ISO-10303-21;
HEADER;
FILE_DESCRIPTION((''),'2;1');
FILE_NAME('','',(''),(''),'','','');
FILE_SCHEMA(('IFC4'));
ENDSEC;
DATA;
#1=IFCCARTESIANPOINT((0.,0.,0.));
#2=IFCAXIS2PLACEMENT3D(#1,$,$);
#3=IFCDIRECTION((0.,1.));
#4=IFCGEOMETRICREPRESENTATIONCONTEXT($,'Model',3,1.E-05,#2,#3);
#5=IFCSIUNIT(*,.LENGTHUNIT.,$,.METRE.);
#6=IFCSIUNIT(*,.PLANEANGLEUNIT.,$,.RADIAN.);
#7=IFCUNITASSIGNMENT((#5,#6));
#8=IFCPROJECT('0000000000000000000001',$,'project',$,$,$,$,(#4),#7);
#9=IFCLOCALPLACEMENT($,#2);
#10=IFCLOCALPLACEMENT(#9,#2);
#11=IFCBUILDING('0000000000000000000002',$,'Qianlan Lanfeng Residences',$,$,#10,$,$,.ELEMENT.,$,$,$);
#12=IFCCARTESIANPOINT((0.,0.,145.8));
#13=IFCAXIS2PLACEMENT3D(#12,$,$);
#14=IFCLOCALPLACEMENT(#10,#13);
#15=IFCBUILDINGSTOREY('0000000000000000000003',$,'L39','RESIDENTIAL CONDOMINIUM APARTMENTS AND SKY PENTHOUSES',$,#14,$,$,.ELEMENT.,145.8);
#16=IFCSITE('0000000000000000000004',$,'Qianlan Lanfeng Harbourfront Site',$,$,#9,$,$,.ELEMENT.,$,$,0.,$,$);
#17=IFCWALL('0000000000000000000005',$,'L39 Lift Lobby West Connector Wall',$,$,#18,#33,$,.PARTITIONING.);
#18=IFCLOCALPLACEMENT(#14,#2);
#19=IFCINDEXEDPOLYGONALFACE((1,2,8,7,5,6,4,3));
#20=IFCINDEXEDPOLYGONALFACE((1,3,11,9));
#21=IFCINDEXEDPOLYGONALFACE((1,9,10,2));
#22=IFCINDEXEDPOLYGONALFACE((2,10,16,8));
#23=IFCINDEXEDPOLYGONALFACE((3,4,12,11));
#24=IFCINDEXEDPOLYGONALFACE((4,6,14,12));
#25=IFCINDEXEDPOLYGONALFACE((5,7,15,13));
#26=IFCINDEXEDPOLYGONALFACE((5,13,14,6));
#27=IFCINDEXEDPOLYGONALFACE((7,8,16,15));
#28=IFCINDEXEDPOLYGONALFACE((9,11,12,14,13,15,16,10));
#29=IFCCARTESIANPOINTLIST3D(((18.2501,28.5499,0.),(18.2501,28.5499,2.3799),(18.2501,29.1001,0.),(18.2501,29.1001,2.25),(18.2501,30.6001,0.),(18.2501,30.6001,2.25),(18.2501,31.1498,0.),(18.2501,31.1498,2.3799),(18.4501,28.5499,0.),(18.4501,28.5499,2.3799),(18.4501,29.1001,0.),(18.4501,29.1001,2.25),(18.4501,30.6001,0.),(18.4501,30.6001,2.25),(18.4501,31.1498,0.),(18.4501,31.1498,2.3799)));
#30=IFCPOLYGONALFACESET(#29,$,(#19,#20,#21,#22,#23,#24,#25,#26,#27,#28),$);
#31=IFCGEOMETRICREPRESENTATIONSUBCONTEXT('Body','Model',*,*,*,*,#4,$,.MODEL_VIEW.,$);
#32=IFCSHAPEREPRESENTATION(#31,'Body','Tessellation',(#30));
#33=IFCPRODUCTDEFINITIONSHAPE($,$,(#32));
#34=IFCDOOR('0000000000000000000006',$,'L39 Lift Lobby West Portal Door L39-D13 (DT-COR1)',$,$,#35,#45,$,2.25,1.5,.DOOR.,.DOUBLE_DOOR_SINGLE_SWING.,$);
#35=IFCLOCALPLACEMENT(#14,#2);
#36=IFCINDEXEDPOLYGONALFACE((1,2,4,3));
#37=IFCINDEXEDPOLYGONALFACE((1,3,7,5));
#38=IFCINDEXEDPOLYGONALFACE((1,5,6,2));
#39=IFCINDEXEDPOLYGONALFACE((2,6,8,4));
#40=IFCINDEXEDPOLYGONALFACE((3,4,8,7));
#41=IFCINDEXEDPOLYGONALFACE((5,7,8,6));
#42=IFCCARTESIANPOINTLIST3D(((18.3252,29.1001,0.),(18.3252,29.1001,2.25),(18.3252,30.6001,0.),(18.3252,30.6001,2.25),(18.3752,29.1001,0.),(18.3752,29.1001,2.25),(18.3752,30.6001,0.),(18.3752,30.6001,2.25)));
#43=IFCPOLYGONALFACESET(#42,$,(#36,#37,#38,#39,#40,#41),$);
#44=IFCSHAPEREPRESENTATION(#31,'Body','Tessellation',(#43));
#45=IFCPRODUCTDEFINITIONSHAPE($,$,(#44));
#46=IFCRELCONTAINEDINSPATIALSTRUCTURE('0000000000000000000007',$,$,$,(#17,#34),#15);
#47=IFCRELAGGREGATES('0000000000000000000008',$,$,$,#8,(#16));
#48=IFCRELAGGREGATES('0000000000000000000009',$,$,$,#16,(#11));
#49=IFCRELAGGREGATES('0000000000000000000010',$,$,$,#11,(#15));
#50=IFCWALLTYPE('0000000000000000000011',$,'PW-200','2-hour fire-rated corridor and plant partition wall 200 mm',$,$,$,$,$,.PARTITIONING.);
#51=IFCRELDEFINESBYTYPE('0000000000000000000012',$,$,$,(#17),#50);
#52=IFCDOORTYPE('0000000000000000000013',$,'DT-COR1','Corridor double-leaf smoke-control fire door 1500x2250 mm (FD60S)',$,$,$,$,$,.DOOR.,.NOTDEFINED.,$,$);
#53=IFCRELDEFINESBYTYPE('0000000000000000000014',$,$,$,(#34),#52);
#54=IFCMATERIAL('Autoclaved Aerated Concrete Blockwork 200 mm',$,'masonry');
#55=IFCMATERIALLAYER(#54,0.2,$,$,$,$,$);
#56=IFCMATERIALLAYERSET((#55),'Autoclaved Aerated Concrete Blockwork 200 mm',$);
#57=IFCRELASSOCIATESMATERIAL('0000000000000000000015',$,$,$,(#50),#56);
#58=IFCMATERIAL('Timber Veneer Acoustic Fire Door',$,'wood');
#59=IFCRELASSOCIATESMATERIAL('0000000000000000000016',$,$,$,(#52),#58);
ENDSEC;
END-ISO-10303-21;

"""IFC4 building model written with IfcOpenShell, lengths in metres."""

from ifc_helpers import new_model, si_unit, direction, frame, frame_2d, origin, place, context, subcontext, project, spatial, rectangle, extrude, material, layer, layer_set, type_object, element, fill, save


model = new_model("IFC4")

# Units and contexts
model_context = context("Model", 3, precision=1e-05, world=origin(), true_north=direction((0.0, 1.0)))
body_context = subcontext(model_context, "Body", "Model", "MODEL_VIEW")
ifc_project = project(units=[si_unit("LENGTHUNIT", "METRE"), si_unit("PLANEANGLEUNIT", "RADIAN")], contexts=[model_context])

# Site, building, storey
site_placement = place(None, origin())
site = spatial("IfcSite", under=ifc_project, at=site_placement, Name="Qianlan Lanfeng Harbourfront Site", CompositionType="ELEMENT", RefElevation=0.0)
building_placement = place(site_placement, origin())
building = spatial("IfcBuilding", under=site, at=building_placement, Name="Qianlan Lanfeng Residences", CompositionType="ELEMENT")
storey_placement = place(building_placement, frame((0.0, 0.0, 145.8)))
storey = spatial("IfcBuildingStorey", under=building, at=storey_placement, Name="L39", Description="RESIDENTIAL CONDOMINIUM APARTMENTS AND SKY PENTHOUSES", CompositionType="ELEMENT", Elevation=145.8)

# Wall, opening, door
ifc_material_1 = material(Name="Autoclaved Aerated Concrete Blockwork 200 mm", Category="masonry")
ifc_layer_1 = layer(ifc_material_1, 0.2)
ifc_layer_set_1 = layer_set([ifc_layer_1], Name="Autoclaved Aerated Concrete Blockwork 200 mm")
wall_type_1 = type_object("IfcWallType", Name="PW-200", Description="2-hour fire-rated corridor and plant partition wall 200 mm", PredefinedType="PARTITIONING", material=ifc_layer_set_1)
wall_1_placement = place(storey_placement, frame((18.3501, 28.55, 0.0), z_axis=(0.0, 0.0, 1.0), x_axis=(0.0, 1.0, 0.0)))
wall_1 = element("IfcWall", 1, at=wall_1_placement, inside=storey, type_object=wall_type_1, Name="L39 Lift Lobby West Connector Wall", PredefinedType="PARTITIONING", context=body_context, shape_type="SweptSolid", body=[
    extrude(rectangle(XDim=2.5999, YDim=0.2, at=frame_2d((1.2998, 0.0))), origin(), (0.0, 0.0, 1.0), 2.3799),
])
opening_1_placement = place(wall_1_placement, frame((0.55, 0.0, 0.0)))
opening_1 = element("IfcOpeningElement", 2, at=opening_1_placement, cuts=wall_1, PredefinedType="OPENING", context=body_context, shape_type="SweptSolid", body=[
    extrude(rectangle(XDim=1.5, YDim=2.25, at=frame_2d((0.75, 1.125))), frame((0.0, 0.1099, 0.0), z_axis=(0.0, -1.0, 0.0), x_axis=(1.0, 0.0, 0.0)), (0.0, 0.0, 1.0), 0.22),
])
ifc_material_2 = material(Name="Timber Veneer Acoustic Fire Door", Category="wood")
door_type_1 = type_object("IfcDoorType", Name="DT-COR1", Description="Corridor double-leaf smoke-control fire door 1500x2250 mm (FD60S)", OperationType="NOTDEFINED", PredefinedType="DOOR", material=ifc_material_2)
door_1_placement = place(opening_1_placement, origin())
door_1 = element("IfcDoor", 3, at=door_1_placement, inside=storey, type_object=door_type_1, Name="L39 Lift Lobby West Portal Door L39-D13 (DT-COR1)", OperationType="DOUBLE_DOOR_SINGLE_SWING", OverallHeight=2.25, OverallWidth=1.5, PredefinedType="DOOR", context=body_context, shape_type="SweptSolid", body=[
    extrude(rectangle(XDim=1.5, YDim=2.25, at=frame_2d((0.75, 1.125))), frame((0.0, 0.0249, 0.0), z_axis=(0.0, -1.0, 0.0), x_axis=(1.0, 0.0, 0.0)), (0.0, 0.0, 1.0), 0.05),
])
fill(opening_1, door_1)

save(model, "model.ifc")
